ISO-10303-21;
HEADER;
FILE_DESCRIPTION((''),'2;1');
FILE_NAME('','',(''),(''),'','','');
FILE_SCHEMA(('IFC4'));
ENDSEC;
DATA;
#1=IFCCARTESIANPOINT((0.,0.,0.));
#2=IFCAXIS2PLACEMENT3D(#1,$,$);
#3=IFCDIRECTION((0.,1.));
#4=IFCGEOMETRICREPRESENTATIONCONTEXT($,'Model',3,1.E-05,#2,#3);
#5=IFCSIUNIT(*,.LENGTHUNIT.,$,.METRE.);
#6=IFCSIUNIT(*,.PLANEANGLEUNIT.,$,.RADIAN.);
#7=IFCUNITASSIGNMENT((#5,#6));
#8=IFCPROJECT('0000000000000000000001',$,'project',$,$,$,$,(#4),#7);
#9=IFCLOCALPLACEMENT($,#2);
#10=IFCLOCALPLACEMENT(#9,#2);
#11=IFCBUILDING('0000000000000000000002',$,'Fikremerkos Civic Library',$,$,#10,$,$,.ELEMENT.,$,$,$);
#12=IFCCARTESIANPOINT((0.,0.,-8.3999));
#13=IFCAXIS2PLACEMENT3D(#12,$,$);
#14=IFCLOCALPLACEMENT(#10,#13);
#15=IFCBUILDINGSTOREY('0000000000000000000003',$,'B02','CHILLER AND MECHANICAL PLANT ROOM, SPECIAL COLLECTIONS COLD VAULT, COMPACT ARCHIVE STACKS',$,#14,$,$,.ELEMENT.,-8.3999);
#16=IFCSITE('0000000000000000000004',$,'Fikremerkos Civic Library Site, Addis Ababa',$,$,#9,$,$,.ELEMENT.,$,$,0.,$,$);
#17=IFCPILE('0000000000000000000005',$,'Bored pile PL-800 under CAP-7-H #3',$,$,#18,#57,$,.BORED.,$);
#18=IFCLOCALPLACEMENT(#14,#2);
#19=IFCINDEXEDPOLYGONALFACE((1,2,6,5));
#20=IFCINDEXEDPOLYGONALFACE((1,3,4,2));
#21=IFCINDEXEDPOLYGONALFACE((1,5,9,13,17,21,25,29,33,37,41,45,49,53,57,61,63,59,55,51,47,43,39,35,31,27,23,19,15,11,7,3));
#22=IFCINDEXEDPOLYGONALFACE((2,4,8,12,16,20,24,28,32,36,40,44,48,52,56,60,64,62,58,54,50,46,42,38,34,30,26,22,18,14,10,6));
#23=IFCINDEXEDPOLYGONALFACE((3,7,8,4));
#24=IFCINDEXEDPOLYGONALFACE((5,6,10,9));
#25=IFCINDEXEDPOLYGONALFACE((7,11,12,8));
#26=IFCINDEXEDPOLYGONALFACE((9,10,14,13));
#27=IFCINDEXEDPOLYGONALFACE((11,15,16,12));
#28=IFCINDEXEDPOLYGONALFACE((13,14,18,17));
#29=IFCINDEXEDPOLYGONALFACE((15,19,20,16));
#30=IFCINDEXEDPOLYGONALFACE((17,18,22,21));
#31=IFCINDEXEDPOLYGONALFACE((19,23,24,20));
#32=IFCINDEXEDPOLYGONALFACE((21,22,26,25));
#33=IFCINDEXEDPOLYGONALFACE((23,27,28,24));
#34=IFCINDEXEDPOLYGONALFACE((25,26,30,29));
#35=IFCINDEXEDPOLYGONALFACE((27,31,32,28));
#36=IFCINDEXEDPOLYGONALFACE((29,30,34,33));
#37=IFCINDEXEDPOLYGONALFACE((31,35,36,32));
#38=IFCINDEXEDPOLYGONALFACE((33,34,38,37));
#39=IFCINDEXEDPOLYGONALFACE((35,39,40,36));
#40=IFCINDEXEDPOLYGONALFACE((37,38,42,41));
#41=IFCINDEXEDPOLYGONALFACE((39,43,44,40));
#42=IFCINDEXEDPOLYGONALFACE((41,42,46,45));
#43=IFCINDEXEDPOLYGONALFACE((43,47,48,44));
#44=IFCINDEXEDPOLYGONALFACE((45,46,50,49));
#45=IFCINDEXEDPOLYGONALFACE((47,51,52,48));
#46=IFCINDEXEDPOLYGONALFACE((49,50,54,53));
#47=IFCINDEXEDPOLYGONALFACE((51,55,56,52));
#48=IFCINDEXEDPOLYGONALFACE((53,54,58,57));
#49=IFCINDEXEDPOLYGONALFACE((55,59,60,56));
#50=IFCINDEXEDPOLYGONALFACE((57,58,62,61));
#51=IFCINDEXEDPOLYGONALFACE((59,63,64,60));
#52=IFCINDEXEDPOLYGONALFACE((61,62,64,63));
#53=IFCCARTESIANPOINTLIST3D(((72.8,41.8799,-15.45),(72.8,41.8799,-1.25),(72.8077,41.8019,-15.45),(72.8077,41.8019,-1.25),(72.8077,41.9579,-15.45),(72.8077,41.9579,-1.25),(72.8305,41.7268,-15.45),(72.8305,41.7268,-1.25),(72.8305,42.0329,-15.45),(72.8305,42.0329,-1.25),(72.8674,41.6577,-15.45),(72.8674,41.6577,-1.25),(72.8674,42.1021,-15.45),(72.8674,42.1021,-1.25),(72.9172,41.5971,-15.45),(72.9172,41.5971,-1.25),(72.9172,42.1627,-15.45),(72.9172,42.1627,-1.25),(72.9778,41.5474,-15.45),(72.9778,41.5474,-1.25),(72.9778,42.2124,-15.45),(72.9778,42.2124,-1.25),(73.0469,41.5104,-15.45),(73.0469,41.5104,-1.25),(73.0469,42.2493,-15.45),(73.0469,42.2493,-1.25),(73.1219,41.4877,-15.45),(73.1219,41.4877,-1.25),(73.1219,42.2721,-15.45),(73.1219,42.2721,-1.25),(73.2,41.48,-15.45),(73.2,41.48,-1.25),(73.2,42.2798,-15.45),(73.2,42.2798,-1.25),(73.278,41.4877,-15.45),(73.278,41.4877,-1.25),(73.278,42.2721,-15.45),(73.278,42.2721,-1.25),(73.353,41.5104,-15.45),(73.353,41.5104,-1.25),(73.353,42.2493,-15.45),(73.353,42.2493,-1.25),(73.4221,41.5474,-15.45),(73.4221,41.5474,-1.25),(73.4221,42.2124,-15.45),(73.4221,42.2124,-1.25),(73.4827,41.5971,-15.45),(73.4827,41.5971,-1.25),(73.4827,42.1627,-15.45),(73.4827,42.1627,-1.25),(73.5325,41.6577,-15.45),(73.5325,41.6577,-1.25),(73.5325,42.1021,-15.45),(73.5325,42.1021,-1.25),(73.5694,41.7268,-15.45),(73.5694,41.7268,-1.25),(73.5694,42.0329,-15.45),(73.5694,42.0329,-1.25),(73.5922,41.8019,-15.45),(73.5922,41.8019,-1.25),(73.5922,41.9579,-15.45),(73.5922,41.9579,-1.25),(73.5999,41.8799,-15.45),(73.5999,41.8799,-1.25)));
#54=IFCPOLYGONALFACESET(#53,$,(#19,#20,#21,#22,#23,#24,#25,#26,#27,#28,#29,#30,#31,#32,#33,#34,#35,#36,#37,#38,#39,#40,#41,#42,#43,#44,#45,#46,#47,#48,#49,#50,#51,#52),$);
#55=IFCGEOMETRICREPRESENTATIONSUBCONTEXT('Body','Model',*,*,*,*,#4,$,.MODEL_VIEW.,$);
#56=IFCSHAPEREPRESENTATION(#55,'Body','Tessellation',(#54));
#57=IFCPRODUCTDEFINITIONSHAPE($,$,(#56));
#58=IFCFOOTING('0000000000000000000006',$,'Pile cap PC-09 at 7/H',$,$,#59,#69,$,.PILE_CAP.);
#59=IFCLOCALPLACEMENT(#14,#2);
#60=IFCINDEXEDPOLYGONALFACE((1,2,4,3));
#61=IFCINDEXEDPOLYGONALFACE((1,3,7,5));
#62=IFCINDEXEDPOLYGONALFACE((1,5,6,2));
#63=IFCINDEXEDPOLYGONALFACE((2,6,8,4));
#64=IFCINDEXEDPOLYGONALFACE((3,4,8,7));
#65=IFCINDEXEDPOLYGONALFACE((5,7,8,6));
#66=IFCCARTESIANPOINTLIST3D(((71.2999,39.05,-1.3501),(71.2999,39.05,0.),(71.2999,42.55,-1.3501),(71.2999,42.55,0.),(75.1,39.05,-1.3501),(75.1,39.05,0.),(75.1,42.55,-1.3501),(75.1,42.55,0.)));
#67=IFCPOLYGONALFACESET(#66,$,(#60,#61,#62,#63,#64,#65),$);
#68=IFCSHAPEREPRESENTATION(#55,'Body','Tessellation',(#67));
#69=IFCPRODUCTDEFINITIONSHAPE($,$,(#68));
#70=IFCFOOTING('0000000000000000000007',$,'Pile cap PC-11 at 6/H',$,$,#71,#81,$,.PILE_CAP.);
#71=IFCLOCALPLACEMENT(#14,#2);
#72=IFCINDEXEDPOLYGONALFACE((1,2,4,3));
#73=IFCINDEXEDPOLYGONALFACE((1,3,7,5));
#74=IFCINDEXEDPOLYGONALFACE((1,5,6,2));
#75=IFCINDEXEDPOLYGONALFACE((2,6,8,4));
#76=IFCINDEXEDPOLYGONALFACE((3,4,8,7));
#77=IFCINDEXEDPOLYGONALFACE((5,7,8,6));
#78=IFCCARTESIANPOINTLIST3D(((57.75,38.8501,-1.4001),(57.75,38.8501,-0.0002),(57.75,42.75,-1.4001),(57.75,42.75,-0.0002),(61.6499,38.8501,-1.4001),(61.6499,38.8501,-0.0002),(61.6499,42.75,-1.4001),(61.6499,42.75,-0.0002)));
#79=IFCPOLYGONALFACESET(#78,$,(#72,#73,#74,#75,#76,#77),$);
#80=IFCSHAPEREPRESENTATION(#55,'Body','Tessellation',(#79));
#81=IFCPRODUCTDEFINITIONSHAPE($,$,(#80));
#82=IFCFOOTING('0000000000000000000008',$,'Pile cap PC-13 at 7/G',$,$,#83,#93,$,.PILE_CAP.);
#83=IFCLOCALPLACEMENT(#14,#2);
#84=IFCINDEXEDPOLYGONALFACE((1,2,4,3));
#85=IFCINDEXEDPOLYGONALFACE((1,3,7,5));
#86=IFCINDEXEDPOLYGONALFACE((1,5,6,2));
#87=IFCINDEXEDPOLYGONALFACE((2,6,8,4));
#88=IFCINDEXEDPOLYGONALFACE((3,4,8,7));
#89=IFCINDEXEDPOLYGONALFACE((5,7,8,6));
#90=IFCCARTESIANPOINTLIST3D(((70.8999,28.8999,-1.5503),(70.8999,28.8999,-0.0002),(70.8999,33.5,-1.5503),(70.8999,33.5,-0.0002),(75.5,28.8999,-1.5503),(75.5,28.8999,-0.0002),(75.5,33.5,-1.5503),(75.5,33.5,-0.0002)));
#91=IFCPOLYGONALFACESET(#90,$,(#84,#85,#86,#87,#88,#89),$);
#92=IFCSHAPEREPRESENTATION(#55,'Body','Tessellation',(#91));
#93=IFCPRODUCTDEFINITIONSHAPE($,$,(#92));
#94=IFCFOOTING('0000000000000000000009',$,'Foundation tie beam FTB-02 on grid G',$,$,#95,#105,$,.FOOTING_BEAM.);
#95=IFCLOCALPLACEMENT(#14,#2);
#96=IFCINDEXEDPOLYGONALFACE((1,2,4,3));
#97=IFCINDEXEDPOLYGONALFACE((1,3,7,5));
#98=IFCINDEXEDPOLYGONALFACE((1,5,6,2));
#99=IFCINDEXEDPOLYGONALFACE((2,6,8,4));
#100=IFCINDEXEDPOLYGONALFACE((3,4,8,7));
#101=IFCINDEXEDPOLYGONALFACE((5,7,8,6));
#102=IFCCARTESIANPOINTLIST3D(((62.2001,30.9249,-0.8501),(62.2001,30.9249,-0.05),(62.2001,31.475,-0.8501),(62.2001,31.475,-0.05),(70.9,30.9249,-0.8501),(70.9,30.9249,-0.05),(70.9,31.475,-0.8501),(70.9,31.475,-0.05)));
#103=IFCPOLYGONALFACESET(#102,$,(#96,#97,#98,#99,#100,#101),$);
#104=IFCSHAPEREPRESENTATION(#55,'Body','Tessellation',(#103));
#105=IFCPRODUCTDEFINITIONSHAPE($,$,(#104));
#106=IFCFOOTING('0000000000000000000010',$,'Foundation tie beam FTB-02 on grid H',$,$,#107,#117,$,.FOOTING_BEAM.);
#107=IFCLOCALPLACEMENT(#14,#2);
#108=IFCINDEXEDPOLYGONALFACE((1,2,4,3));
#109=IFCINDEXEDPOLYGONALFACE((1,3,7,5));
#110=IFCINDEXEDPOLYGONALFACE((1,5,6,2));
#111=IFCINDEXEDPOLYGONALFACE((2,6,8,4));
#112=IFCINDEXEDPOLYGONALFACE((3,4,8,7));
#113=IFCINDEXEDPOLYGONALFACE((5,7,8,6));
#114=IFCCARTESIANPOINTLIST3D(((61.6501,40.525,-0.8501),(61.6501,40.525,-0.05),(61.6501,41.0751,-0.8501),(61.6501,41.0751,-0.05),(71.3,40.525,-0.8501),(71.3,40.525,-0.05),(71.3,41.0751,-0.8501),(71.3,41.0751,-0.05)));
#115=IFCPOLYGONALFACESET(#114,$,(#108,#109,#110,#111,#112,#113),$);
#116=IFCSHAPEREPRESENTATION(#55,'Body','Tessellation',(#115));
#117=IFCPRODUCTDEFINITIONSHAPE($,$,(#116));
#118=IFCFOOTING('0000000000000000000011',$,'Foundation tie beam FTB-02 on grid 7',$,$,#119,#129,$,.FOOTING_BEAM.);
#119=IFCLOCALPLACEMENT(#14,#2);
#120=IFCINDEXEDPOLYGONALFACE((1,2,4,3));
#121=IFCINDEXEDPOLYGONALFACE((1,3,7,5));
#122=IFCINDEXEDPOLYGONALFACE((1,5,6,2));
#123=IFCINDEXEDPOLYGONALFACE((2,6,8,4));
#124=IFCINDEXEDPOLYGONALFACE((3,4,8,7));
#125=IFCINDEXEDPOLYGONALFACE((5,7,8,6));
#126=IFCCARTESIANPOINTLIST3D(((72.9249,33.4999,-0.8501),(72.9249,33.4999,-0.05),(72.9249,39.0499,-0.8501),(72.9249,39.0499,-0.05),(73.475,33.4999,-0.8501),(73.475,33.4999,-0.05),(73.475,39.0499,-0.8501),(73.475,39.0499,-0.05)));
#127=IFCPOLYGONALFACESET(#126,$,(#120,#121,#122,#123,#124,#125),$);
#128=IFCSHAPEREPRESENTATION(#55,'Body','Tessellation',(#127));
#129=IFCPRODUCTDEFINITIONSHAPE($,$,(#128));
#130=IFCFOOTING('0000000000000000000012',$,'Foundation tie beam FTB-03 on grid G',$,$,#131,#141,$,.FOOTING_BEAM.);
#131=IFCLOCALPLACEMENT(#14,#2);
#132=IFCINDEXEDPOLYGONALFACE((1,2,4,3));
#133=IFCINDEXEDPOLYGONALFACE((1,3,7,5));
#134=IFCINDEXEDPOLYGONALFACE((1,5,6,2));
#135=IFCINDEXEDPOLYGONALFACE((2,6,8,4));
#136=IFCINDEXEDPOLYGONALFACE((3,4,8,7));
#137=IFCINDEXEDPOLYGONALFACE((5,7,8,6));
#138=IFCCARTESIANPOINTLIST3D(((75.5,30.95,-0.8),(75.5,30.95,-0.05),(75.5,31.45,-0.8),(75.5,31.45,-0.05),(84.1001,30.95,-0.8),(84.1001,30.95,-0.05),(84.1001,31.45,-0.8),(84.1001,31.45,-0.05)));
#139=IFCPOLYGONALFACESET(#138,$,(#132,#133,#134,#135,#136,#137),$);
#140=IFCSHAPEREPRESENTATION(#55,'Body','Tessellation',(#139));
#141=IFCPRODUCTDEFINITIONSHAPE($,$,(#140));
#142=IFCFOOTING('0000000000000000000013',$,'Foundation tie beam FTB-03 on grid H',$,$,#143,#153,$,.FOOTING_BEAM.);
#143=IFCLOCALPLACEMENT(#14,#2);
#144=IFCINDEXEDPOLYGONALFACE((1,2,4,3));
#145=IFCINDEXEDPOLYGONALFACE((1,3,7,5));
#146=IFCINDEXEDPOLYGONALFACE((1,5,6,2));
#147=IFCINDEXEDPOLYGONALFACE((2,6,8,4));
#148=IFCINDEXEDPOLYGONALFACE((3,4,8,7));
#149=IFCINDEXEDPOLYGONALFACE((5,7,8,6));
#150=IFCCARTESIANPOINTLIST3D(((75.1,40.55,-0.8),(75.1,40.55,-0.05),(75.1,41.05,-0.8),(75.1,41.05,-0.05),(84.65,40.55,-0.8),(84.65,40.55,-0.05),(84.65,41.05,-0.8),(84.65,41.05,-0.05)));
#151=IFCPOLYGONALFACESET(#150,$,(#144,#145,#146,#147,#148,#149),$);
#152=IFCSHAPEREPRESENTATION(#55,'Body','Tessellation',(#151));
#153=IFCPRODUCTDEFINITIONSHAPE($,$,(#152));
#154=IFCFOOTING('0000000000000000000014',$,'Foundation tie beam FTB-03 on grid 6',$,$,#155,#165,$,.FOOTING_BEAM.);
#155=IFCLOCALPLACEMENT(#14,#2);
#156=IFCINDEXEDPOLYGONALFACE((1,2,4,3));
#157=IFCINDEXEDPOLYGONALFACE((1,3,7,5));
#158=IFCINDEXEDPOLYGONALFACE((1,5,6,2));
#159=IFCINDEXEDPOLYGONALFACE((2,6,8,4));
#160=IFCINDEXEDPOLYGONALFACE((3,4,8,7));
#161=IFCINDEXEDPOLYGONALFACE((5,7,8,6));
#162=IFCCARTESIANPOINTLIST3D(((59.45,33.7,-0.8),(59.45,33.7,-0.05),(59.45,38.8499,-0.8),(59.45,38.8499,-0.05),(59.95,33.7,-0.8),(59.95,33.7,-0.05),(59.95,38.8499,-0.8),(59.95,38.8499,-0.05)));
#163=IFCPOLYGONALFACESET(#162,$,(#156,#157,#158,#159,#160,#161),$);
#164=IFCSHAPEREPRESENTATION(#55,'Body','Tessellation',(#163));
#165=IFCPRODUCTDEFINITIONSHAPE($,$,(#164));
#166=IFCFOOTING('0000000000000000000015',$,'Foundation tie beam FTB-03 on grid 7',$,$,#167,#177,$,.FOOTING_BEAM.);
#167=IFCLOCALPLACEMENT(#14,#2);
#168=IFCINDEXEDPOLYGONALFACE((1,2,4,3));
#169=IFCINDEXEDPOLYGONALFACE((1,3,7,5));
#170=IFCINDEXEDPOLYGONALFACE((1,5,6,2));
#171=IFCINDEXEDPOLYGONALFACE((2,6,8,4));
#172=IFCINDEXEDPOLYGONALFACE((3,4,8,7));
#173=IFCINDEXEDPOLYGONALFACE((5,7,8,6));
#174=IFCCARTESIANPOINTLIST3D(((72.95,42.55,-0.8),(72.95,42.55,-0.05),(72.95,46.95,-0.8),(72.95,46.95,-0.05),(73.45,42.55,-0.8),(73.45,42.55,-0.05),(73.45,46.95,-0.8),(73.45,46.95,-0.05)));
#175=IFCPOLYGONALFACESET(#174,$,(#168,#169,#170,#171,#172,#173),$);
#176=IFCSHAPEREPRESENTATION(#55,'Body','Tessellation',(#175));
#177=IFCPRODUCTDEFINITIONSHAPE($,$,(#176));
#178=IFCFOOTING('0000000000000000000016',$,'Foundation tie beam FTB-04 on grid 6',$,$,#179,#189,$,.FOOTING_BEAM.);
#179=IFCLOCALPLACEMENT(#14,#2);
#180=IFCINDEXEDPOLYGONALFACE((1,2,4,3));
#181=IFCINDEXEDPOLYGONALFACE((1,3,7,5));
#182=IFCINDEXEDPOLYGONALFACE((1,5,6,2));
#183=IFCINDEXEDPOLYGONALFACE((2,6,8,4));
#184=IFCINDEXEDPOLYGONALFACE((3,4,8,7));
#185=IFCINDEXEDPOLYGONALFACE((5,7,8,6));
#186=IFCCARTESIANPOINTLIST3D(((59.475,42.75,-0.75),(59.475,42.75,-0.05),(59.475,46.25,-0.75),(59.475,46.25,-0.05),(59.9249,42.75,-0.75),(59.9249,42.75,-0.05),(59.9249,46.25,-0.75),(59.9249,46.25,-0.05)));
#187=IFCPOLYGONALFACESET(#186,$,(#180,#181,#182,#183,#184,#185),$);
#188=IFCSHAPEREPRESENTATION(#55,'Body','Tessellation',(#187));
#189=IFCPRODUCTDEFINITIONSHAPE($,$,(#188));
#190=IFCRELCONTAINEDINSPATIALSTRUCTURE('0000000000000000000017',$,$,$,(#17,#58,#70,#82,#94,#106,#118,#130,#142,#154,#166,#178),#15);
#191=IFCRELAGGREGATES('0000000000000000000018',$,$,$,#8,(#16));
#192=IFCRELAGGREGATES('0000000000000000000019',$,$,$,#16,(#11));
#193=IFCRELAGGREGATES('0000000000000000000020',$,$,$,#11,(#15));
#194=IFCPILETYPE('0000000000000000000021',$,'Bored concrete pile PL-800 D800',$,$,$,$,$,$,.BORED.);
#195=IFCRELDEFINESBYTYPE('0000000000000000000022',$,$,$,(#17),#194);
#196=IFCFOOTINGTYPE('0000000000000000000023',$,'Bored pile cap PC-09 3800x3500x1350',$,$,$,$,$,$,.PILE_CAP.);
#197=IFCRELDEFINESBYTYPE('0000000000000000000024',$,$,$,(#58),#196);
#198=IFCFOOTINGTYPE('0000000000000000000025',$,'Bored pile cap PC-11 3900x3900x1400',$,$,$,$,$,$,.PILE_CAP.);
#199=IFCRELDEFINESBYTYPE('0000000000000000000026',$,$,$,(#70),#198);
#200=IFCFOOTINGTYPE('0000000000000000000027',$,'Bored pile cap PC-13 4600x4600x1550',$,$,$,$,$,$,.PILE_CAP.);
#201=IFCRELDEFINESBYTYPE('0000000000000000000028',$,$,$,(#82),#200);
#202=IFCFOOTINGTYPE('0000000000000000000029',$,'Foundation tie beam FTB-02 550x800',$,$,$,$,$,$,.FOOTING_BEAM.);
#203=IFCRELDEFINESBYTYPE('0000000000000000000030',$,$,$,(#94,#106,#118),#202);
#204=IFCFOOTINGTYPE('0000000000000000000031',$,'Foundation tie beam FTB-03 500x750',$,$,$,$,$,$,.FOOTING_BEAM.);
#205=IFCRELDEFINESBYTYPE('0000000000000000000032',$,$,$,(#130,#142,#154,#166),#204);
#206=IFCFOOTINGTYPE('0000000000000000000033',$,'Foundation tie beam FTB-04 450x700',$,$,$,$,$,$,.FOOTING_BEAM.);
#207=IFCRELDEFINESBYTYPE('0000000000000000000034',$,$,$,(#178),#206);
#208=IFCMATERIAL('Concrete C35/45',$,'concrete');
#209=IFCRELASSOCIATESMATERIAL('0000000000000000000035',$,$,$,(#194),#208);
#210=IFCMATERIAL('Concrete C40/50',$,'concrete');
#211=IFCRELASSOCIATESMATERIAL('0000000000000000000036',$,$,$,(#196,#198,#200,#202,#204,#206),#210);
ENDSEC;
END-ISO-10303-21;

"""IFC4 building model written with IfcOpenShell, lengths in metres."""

from ifc_helpers import new_model, si_unit, direction, frame, origin, origin_2d, place, context, subcontext, project, spatial, rectangle, circle, extrude, material, material_profile, profile_set, type_object, element, save


model = new_model("IFC4")

# Units and contexts
model_context = context("Model", 3, precision=1e-05, world=origin(), true_north=direction((0.0, 1.0)))
body_context = subcontext(model_context, "Body", "Model", "MODEL_VIEW")
ifc_project = project(units=[si_unit("LENGTHUNIT", "METRE"), si_unit("PLANEANGLEUNIT", "RADIAN")], contexts=[model_context])

# Site, building, storey
site_placement = place(None, origin())
site = spatial("IfcSite", under=ifc_project, at=site_placement, Name="Fikremerkos Civic Library Site, Addis Ababa", CompositionType="ELEMENT", RefElevation=0.0)
building_placement = place(site_placement, origin())
building = spatial("IfcBuilding", under=site, at=building_placement, Name="Fikremerkos Civic Library", CompositionType="ELEMENT")
storey_placement = place(building_placement, frame((0.0, 0.0, -8.3999)))
storey = spatial("IfcBuildingStorey", under=building, at=storey_placement, Name="B02", Description="CHILLER AND MECHANICAL PLANT ROOM, SPECIAL COLLECTIONS COLD VAULT, COMPACT ARCHIVE STACKS", CompositionType="ELEMENT", Elevation=-8.3999)

# Pile
ifc_material_1 = material(Name="Concrete C35/45", Category="concrete")
ifc_material_profile_1 = material_profile(ifc_material_1, circle(Radius=0.3999, at=origin_2d()), Name="BORED PILE 800")
ifc_profile_set_1 = profile_set([ifc_material_profile_1], Name="Concrete C35/45")
pile_type_1 = type_object("IfcPileType", Name="Bored concrete pile PL-800 D800", PredefinedType="BORED", material=ifc_profile_set_1)
for number, where, z_axis, x_axis, name in (
    (1, (73.2, 41.8799, -1.25), (0.0, 0.0, -1.0), (1.0, 0.0, 0.0), "Bored pile PL-800 under CAP-7-H #3"),
):
    element("IfcPile", number, at=place(storey_placement, frame(where, z_axis=z_axis, x_axis=x_axis)), inside=storey, type_object=pile_type_1, Name=name, PredefinedType="BORED", context=body_context, shape_type="SweptSolid", body=[
        extrude(circle(Radius=0.3999, at=origin_2d()), origin(), (0.0, 0.0, 1.0), 14.2),
    ])

# Footings
ifc_material_2 = material(Name="Concrete C40/50", Category="concrete")
footing_type_1 = type_object("IfcFootingType", Name="Bored pile cap PC-09 3800x3500x1350", PredefinedType="PILE_CAP", material=ifc_material_2)
footing_1_placement = place(storey_placement, frame((73.2, 40.8, -1.3501), z_axis=(0.0, 0.0, 1.0), x_axis=(1.0, 0.0, 0.0)))
element("IfcFooting", 2, at=footing_1_placement, inside=storey, type_object=footing_type_1, Name="Pile cap PC-09 at 7/H", PredefinedType="PILE_CAP", context=body_context, shape_type="SweptSolid", body=[
    extrude(rectangle(XDim=3.8, YDim=3.5, at=origin_2d()), origin(), (0.0, 0.0, 1.0), 1.3501),
])
footing_type_2 = type_object("IfcFootingType", Name="Bored pile cap PC-11 3900x3900x1400", PredefinedType="PILE_CAP", material=ifc_material_2)
footing_2_placement = place(storey_placement, frame((59.7, 40.8, -1.4001), z_axis=(0.0, 0.0, 1.0), x_axis=(1.0, 0.0, 0.0)))
element("IfcFooting", 3, at=footing_2_placement, inside=storey, type_object=footing_type_2, Name="Pile cap PC-11 at 6/H", PredefinedType="PILE_CAP", context=body_context, shape_type="SweptSolid", body=[
    extrude(rectangle(XDim=3.8999, YDim=3.8999, at=origin_2d()), origin(), (0.0, 0.0, 1.0), 1.3999),
])
footing_type_3 = type_object("IfcFootingType", Name="Bored pile cap PC-13 4600x4600x1550", PredefinedType="PILE_CAP", material=ifc_material_2)
footing_3_placement = place(storey_placement, frame((73.2, 31.2, -1.5503), z_axis=(0.0, 0.0, 1.0), x_axis=(1.0, 0.0, 0.0)))
element("IfcFooting", 4, at=footing_3_placement, inside=storey, type_object=footing_type_3, Name="Pile cap PC-13 at 7/G", PredefinedType="PILE_CAP", context=body_context, shape_type="SweptSolid", body=[
    extrude(rectangle(XDim=4.6001, YDim=4.6001, at=origin_2d()), origin(), (0.0, 0.0, 1.0), 1.55),
])
footing_type_4 = type_object("IfcFootingType", Name="Foundation tie beam FTB-02 550x800", PredefinedType="FOOTING_BEAM", material=ifc_material_2)
footing_4_placement = place(storey_placement, frame((66.55, 31.2, -0.8501), z_axis=(0.0, 0.0, 1.0), x_axis=(1.0, 0.0, 0.0)))
element("IfcFooting", 5, at=footing_4_placement, inside=storey, type_object=footing_type_4, Name="Foundation tie beam FTB-02 on grid G", PredefinedType="FOOTING_BEAM", context=body_context, shape_type="SweptSolid", body=[
    extrude(rectangle(XDim=8.7, YDim=0.55, at=origin_2d()), origin(), (0.0, 0.0, 1.0), 0.8),
])
footing_5_placement = place(storey_placement, frame((66.4751, 40.8, -0.8501), z_axis=(0.0, 0.0, 1.0), x_axis=(1.0, 0.0, 0.0)))
element("IfcFooting", 6, at=footing_5_placement, inside=storey, type_object=footing_type_4, Name="Foundation tie beam FTB-02 on grid H", PredefinedType="FOOTING_BEAM", context=body_context, shape_type="SweptSolid", body=[
    extrude(rectangle(XDim=9.6499, YDim=0.55, at=origin_2d()), origin(), (0.0, 0.0, 1.0), 0.8),
])
footing_6_placement = place(storey_placement, frame((73.2, 36.2749, -0.8501), z_axis=(0.0, 0.0, 1.0), x_axis=(0.0, 1.0, 0.0)))
element("IfcFooting", 7, at=footing_6_placement, inside=storey, type_object=footing_type_4, Name="Foundation tie beam FTB-02 on grid 7", PredefinedType="FOOTING_BEAM", context=body_context, shape_type="SweptSolid", body=[
    extrude(rectangle(XDim=5.55, YDim=0.55, at=origin_2d()), origin(), (0.0, 0.0, 1.0), 0.8),
])
footing_type_5 = type_object("IfcFootingType", Name="Foundation tie beam FTB-03 500x750", PredefinedType="FOOTING_BEAM", material=ifc_material_2)
footing_7_placement = place(storey_placement, frame((79.8, 31.2, -0.8), z_axis=(0.0, 0.0, 1.0), x_axis=(1.0, 0.0, 0.0)))
element("IfcFooting", 8, at=footing_7_placement, inside=storey, type_object=footing_type_5, Name="Foundation tie beam FTB-03 on grid G", PredefinedType="FOOTING_BEAM", context=body_context, shape_type="SweptSolid", body=[
    extrude(rectangle(XDim=8.6001, YDim=0.5, at=origin_2d()), origin(), (0.0, 0.0, 1.0), 0.75),
])
footing_8_placement = place(storey_placement, frame((79.875, 40.8, -0.8), z_axis=(0.0, 0.0, 1.0), x_axis=(1.0, 0.0, 0.0)))
element("IfcFooting", 9, at=footing_8_placement, inside=storey, type_object=footing_type_5, Name="Foundation tie beam FTB-03 on grid H", PredefinedType="FOOTING_BEAM", context=body_context, shape_type="SweptSolid", body=[
    extrude(rectangle(XDim=9.55, YDim=0.5, at=origin_2d()), origin(), (0.0, 0.0, 1.0), 0.75),
])
footing_9_placement = place(storey_placement, frame((59.7, 36.2749, -0.8), z_axis=(0.0, 0.0, 1.0), x_axis=(0.0, 1.0, 0.0)))
element("IfcFooting", 10, at=footing_9_placement, inside=storey, type_object=footing_type_5, Name="Foundation tie beam FTB-03 on grid 6", PredefinedType="FOOTING_BEAM", context=body_context, shape_type="SweptSolid", body=[
    extrude(rectangle(XDim=5.1499, YDim=0.5, at=origin_2d()), origin(), (0.0, 0.0, 1.0), 0.75),
])
footing_10_placement = place(storey_placement, frame((73.2, 44.75, -0.8), z_axis=(0.0, 0.0, 1.0), x_axis=(0.0, 1.0, 0.0)))
element("IfcFooting", 11, at=footing_10_placement, inside=storey, type_object=footing_type_5, Name="Foundation tie beam FTB-03 on grid 7", PredefinedType="FOOTING_BEAM", context=body_context, shape_type="SweptSolid", body=[
    extrude(rectangle(XDim=4.3999, YDim=0.5, at=origin_2d()), origin(), (0.0, 0.0, 1.0), 0.75),
])
footing_type_6 = type_object("IfcFootingType", Name="Foundation tie beam FTB-04 450x700", PredefinedType="FOOTING_BEAM", material=ifc_material_2)
footing_11_placement = place(storey_placement, frame((59.7, 44.5, -0.75), z_axis=(0.0, 0.0, 1.0), x_axis=(0.0, 1.0, 0.0)))
element("IfcFooting", 12, at=footing_11_placement, inside=storey, type_object=footing_type_6, Name="Foundation tie beam FTB-04 on grid 6", PredefinedType="FOOTING_BEAM", context=body_context, shape_type="SweptSolid", body=[
    extrude(rectangle(XDim=3.5, YDim=0.45, at=origin_2d()), origin(), (0.0, 0.0, 1.0), 0.7),
])

save(model, "model.ifc")
